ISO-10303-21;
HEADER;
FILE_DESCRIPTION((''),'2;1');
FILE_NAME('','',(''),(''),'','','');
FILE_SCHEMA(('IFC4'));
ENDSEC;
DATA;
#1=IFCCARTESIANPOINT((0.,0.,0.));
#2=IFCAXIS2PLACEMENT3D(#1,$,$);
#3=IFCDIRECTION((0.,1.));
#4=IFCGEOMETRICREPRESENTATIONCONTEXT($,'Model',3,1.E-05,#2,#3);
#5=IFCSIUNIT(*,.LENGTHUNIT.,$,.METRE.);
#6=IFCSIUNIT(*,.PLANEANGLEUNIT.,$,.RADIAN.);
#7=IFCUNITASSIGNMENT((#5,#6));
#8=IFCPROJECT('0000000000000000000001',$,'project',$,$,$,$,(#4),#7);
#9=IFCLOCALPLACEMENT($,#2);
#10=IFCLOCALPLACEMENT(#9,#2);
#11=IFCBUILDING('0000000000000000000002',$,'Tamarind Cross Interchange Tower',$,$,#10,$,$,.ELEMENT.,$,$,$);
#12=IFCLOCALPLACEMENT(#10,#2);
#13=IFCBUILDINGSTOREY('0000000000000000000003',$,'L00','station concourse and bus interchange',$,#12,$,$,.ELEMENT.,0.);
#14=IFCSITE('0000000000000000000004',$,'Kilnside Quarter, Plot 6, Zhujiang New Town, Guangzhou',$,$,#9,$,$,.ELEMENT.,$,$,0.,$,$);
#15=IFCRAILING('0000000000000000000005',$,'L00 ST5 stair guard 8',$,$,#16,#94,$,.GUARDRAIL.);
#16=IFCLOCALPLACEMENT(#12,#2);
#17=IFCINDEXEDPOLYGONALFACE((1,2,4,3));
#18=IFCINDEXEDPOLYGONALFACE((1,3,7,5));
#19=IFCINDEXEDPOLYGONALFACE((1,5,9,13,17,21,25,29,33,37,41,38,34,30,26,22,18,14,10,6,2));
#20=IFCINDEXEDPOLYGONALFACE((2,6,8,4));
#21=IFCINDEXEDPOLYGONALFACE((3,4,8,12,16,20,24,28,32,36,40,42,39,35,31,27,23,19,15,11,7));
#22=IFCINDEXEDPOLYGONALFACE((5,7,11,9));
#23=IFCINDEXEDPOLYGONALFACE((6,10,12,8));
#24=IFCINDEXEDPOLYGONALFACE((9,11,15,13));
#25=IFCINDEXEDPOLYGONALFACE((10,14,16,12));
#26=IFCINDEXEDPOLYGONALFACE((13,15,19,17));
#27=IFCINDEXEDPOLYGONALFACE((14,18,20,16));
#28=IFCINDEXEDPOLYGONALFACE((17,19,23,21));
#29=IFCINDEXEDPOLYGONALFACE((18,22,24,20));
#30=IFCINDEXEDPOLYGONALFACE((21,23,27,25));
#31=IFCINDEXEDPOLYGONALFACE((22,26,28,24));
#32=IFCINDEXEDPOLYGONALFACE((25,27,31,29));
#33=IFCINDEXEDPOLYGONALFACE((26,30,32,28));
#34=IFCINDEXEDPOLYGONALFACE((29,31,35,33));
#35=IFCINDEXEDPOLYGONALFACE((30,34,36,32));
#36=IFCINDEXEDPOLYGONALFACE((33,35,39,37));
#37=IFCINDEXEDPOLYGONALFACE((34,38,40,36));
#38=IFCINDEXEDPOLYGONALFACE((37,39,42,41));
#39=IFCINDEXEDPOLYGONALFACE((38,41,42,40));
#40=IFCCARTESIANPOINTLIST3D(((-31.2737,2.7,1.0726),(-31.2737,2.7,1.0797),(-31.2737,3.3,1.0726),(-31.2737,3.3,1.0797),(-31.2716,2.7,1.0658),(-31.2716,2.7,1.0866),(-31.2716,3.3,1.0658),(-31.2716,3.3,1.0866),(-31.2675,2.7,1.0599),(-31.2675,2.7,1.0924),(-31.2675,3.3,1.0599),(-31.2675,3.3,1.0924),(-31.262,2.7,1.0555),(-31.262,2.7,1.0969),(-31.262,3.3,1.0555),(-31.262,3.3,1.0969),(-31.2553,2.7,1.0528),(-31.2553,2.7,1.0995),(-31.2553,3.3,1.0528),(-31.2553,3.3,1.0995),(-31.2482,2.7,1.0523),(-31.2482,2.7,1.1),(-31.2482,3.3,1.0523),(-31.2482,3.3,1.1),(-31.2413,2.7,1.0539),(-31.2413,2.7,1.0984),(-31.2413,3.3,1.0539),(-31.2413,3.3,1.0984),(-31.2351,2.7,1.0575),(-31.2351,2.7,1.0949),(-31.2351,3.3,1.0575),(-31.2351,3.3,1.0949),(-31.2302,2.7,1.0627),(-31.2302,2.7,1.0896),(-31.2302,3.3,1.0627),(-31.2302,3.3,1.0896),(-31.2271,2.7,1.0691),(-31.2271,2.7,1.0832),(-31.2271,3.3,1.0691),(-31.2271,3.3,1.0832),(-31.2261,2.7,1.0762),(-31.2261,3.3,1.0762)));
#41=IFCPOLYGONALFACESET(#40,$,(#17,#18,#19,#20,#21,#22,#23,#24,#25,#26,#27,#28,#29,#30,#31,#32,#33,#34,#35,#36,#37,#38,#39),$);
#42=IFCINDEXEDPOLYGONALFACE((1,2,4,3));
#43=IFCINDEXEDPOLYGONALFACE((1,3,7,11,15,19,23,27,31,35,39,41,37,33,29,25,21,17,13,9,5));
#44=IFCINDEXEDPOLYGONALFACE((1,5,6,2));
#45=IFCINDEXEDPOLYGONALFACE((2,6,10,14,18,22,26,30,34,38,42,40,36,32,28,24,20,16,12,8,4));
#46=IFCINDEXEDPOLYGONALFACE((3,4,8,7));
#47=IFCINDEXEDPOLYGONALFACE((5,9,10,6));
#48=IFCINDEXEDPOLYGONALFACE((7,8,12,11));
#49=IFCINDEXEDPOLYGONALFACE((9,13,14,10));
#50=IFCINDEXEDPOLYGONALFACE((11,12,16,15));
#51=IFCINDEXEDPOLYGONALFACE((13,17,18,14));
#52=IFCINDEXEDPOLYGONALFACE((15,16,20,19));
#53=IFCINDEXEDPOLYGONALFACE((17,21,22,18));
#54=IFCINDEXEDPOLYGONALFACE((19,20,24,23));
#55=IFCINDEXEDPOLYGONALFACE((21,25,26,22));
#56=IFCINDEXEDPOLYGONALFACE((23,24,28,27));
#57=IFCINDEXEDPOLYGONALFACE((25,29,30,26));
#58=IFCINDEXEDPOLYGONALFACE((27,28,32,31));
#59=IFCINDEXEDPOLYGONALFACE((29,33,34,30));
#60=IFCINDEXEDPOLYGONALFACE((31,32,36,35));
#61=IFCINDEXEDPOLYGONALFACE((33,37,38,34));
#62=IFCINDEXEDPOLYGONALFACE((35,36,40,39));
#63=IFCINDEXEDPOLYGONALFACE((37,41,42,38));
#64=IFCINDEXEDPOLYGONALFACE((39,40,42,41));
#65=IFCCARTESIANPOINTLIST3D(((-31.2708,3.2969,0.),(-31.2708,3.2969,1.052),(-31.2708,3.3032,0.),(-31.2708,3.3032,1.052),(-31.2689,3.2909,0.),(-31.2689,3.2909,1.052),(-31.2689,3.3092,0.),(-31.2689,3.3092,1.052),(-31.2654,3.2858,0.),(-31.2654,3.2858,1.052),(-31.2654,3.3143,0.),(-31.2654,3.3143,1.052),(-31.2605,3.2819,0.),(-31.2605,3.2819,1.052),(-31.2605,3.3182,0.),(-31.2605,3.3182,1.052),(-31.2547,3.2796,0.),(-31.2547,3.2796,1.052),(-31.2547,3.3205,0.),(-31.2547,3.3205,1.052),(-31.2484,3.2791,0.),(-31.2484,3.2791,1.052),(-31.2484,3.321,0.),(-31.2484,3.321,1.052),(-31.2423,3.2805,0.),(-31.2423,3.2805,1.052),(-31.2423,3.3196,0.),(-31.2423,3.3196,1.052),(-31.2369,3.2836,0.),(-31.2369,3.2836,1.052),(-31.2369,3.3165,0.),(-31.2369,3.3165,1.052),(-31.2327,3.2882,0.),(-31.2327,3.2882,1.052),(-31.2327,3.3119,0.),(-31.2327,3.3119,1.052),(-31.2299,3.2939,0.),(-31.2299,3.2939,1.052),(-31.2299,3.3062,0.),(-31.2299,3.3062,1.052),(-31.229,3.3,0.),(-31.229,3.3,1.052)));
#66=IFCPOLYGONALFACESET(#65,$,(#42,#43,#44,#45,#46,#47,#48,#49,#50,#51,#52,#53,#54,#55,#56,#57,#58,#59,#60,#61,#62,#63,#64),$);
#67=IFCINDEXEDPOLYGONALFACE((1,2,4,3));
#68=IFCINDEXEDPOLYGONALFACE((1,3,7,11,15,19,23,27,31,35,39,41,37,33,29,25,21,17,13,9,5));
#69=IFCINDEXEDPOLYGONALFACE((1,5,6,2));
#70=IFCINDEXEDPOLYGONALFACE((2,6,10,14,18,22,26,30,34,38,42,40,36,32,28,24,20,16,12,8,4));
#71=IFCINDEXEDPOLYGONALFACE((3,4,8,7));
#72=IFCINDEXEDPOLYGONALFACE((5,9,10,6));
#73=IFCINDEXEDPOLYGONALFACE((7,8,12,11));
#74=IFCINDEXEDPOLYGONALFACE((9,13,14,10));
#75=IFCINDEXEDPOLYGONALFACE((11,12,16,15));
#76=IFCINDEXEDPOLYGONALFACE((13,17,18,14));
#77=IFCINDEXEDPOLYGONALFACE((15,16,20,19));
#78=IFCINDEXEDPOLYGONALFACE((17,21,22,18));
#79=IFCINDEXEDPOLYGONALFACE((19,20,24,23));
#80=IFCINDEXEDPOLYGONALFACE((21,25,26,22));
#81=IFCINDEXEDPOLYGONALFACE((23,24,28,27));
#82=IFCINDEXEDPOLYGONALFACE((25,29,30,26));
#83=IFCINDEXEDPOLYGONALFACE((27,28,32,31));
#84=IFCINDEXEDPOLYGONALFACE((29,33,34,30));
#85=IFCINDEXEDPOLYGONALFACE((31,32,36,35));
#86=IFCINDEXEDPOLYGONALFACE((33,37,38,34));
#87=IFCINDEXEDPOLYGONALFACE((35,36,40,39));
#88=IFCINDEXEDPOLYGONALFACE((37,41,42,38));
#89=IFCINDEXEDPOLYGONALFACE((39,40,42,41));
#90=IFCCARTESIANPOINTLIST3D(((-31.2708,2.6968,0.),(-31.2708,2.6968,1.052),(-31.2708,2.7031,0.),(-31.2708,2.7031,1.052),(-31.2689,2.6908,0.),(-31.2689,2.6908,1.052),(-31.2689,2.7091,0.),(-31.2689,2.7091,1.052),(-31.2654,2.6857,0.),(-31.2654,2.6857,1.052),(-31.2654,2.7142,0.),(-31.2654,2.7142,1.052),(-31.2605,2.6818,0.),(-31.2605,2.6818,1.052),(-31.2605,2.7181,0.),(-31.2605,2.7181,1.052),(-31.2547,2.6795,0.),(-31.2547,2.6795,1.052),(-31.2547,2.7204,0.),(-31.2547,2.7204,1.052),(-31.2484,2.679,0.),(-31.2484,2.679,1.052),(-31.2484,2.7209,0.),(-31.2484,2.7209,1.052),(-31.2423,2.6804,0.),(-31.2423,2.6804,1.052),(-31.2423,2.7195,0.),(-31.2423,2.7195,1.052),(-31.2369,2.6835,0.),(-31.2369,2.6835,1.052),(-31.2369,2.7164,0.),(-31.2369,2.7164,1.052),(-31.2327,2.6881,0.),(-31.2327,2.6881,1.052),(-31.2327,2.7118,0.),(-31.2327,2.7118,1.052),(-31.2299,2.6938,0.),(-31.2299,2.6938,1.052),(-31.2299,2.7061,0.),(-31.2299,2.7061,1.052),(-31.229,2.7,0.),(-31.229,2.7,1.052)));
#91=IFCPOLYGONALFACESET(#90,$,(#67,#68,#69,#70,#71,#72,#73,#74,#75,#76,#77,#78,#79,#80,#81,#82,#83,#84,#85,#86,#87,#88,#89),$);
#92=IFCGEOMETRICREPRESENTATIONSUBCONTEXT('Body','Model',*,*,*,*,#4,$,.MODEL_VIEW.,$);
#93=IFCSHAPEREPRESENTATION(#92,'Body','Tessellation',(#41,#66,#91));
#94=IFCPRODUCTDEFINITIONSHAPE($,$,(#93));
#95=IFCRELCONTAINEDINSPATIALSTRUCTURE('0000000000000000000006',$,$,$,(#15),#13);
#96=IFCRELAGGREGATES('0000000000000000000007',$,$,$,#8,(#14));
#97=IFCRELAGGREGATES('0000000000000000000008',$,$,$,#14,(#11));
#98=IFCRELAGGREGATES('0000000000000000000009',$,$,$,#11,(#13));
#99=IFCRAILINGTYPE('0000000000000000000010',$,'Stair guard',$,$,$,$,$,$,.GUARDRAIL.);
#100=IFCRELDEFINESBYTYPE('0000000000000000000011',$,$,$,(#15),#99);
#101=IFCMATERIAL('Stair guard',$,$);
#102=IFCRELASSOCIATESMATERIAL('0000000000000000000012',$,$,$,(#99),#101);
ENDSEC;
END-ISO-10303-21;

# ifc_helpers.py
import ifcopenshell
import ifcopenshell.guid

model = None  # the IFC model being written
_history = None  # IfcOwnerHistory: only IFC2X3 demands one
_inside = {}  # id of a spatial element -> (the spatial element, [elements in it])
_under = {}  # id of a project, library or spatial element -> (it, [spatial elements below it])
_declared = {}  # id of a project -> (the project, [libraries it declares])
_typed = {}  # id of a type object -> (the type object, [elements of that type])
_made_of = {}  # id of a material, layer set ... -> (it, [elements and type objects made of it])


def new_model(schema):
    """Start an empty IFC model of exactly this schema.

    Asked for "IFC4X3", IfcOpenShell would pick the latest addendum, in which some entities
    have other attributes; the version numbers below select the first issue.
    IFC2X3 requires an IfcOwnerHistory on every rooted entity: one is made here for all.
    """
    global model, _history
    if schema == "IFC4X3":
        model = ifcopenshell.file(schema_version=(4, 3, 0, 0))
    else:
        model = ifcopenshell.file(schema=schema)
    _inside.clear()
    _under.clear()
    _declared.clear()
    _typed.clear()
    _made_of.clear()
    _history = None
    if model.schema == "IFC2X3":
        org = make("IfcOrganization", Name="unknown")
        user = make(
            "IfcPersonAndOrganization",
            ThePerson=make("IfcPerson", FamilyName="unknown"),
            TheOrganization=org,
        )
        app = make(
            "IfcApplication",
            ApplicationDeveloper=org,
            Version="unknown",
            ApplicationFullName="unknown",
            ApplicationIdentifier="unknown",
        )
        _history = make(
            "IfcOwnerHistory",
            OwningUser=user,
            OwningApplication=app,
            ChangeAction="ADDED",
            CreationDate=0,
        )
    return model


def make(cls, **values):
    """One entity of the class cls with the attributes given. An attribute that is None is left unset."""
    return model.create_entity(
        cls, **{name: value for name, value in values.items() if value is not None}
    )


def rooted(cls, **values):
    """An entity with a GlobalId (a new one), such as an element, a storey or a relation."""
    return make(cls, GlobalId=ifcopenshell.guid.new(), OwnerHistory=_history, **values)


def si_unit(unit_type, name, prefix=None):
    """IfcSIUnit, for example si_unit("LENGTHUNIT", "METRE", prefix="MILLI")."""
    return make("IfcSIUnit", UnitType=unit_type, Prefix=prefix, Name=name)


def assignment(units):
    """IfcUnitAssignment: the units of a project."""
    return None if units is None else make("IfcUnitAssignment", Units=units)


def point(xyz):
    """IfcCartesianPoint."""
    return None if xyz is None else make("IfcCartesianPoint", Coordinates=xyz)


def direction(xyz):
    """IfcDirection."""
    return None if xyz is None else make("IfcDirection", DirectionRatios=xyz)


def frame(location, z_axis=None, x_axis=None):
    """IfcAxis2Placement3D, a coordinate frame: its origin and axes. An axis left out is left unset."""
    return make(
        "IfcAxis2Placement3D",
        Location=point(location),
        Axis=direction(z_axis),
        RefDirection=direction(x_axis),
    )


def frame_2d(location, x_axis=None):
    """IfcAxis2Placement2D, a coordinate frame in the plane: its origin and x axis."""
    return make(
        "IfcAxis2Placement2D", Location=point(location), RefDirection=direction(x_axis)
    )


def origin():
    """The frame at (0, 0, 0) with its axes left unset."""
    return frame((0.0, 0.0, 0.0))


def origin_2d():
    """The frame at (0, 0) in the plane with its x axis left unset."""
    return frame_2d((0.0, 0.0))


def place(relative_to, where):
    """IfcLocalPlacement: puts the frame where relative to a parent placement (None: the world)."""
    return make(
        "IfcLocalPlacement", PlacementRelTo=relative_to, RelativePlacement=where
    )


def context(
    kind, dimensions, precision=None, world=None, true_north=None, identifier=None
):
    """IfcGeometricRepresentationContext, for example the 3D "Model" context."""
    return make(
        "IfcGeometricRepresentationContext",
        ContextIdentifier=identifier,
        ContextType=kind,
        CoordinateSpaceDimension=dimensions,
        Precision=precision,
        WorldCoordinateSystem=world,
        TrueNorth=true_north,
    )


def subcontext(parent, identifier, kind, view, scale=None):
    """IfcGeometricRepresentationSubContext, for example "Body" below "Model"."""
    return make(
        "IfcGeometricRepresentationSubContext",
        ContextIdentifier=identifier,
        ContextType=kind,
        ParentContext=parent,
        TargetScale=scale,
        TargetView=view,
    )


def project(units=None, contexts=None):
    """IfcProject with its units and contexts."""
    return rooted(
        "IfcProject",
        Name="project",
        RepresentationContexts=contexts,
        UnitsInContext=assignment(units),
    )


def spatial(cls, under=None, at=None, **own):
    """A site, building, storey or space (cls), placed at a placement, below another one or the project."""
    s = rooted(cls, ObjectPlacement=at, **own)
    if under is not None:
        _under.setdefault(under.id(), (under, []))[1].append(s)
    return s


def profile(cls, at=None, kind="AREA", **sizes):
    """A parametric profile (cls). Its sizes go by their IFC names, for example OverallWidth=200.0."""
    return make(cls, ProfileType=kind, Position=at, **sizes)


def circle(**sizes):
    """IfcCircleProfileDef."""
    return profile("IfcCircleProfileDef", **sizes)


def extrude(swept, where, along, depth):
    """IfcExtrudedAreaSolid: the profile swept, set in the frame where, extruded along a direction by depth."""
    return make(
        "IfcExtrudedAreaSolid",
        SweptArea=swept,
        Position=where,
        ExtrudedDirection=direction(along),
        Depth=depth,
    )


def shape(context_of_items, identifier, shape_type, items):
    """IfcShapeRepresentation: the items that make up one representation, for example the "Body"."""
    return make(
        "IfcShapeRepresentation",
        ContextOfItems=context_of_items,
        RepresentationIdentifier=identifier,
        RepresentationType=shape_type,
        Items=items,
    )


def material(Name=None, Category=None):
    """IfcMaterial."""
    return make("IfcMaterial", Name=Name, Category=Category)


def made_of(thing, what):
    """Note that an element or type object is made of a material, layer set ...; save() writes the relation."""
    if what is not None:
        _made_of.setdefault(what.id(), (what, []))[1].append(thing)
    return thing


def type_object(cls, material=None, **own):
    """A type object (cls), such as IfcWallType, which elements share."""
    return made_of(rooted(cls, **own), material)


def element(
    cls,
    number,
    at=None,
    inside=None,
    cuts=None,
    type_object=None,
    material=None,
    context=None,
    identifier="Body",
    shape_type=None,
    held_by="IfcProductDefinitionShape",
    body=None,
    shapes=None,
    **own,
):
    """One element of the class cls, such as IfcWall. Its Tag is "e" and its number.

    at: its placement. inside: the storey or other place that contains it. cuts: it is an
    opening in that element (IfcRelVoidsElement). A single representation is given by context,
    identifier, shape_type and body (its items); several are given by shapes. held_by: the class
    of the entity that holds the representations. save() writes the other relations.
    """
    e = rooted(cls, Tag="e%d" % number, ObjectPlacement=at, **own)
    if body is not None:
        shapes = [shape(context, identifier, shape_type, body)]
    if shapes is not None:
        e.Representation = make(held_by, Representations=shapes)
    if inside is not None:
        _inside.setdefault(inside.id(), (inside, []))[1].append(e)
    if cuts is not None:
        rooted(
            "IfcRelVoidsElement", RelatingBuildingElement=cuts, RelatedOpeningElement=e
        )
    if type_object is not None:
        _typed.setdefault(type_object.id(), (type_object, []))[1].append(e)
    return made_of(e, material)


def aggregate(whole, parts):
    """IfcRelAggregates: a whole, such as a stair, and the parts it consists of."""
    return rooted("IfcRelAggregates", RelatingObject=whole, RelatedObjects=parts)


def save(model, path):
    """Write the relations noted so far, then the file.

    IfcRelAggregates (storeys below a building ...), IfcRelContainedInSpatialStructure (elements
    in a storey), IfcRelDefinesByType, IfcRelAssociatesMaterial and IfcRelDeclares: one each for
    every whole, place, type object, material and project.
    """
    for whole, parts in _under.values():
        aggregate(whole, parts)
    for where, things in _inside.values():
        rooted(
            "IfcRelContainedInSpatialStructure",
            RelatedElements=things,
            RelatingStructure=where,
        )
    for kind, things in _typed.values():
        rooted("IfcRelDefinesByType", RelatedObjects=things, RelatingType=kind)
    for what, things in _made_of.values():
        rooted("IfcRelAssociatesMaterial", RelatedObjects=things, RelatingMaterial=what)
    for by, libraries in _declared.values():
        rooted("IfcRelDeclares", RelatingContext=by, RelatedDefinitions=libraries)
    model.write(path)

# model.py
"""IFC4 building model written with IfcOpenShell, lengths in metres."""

from ifc_helpers import new_model, si_unit, direction, frame, origin, origin_2d, place, context, subcontext, project, spatial, circle, extrude, material, type_object, element, save


model = new_model("IFC4")

# Units and contexts
model_context = context("Model", 3, precision=1e-05, world=origin(), true_north=direction((0.0, 1.0)))
body_context = subcontext(model_context, "Body", "Model", "MODEL_VIEW")
ifc_project = project(units=[si_unit("LENGTHUNIT", "METRE"), si_unit("PLANEANGLEUNIT", "RADIAN")], contexts=[model_context])

# Site, building, storey
site_placement = place(None, origin())
site = spatial("IfcSite", under=ifc_project, at=site_placement, Name="Kilnside Quarter, Plot 6, Zhujiang New Town, Guangzhou", CompositionType="ELEMENT", RefElevation=0.0)
building_placement = place(site_placement, origin())
building = spatial("IfcBuilding", under=site, at=building_placement, Name="Tamarind Cross Interchange Tower", CompositionType="ELEMENT")
storey_placement = place(building_placement, origin())
storey = spatial("IfcBuildingStorey", under=building, at=storey_placement, Name="L00", Description="station concourse and bus interchange", CompositionType="ELEMENT", Elevation=0.0)

# Railing
ifc_material_1 = material(Name="Stair guard")
railing_type_1 = type_object("IfcRailingType", Name="Stair guard", PredefinedType="GUARDRAIL", material=ifc_material_1)
railing_1_placement = place(storey_placement, frame((-31.25, 3.3, 0.0)))
element("IfcRailing", 1, at=railing_1_placement, inside=storey, type_object=railing_type_1, Name="L00 ST5 stair guard 8", PredefinedType="GUARDRAIL", context=body_context, shape_type="SweptSolid", body=[
    extrude(circle(Radius=0.0239, at=origin_2d()), frame((0.0, 0.0, 1.0762), z_axis=(0.0, -1.0, 0.0), x_axis=(1.0, 0.0, 0.0)), (0.0, 0.0, 1.0), 0.6001),
    extrude(circle(Radius=0.021, at=origin_2d()), origin(), (0.0, 0.0, 1.0), 1.052),
    extrude(circle(Radius=0.021, at=origin_2d()), frame((0.0, -0.6001, 0.0)), (0.0, 0.0, 1.0), 1.052),
])

save(model, "model.ifc")
